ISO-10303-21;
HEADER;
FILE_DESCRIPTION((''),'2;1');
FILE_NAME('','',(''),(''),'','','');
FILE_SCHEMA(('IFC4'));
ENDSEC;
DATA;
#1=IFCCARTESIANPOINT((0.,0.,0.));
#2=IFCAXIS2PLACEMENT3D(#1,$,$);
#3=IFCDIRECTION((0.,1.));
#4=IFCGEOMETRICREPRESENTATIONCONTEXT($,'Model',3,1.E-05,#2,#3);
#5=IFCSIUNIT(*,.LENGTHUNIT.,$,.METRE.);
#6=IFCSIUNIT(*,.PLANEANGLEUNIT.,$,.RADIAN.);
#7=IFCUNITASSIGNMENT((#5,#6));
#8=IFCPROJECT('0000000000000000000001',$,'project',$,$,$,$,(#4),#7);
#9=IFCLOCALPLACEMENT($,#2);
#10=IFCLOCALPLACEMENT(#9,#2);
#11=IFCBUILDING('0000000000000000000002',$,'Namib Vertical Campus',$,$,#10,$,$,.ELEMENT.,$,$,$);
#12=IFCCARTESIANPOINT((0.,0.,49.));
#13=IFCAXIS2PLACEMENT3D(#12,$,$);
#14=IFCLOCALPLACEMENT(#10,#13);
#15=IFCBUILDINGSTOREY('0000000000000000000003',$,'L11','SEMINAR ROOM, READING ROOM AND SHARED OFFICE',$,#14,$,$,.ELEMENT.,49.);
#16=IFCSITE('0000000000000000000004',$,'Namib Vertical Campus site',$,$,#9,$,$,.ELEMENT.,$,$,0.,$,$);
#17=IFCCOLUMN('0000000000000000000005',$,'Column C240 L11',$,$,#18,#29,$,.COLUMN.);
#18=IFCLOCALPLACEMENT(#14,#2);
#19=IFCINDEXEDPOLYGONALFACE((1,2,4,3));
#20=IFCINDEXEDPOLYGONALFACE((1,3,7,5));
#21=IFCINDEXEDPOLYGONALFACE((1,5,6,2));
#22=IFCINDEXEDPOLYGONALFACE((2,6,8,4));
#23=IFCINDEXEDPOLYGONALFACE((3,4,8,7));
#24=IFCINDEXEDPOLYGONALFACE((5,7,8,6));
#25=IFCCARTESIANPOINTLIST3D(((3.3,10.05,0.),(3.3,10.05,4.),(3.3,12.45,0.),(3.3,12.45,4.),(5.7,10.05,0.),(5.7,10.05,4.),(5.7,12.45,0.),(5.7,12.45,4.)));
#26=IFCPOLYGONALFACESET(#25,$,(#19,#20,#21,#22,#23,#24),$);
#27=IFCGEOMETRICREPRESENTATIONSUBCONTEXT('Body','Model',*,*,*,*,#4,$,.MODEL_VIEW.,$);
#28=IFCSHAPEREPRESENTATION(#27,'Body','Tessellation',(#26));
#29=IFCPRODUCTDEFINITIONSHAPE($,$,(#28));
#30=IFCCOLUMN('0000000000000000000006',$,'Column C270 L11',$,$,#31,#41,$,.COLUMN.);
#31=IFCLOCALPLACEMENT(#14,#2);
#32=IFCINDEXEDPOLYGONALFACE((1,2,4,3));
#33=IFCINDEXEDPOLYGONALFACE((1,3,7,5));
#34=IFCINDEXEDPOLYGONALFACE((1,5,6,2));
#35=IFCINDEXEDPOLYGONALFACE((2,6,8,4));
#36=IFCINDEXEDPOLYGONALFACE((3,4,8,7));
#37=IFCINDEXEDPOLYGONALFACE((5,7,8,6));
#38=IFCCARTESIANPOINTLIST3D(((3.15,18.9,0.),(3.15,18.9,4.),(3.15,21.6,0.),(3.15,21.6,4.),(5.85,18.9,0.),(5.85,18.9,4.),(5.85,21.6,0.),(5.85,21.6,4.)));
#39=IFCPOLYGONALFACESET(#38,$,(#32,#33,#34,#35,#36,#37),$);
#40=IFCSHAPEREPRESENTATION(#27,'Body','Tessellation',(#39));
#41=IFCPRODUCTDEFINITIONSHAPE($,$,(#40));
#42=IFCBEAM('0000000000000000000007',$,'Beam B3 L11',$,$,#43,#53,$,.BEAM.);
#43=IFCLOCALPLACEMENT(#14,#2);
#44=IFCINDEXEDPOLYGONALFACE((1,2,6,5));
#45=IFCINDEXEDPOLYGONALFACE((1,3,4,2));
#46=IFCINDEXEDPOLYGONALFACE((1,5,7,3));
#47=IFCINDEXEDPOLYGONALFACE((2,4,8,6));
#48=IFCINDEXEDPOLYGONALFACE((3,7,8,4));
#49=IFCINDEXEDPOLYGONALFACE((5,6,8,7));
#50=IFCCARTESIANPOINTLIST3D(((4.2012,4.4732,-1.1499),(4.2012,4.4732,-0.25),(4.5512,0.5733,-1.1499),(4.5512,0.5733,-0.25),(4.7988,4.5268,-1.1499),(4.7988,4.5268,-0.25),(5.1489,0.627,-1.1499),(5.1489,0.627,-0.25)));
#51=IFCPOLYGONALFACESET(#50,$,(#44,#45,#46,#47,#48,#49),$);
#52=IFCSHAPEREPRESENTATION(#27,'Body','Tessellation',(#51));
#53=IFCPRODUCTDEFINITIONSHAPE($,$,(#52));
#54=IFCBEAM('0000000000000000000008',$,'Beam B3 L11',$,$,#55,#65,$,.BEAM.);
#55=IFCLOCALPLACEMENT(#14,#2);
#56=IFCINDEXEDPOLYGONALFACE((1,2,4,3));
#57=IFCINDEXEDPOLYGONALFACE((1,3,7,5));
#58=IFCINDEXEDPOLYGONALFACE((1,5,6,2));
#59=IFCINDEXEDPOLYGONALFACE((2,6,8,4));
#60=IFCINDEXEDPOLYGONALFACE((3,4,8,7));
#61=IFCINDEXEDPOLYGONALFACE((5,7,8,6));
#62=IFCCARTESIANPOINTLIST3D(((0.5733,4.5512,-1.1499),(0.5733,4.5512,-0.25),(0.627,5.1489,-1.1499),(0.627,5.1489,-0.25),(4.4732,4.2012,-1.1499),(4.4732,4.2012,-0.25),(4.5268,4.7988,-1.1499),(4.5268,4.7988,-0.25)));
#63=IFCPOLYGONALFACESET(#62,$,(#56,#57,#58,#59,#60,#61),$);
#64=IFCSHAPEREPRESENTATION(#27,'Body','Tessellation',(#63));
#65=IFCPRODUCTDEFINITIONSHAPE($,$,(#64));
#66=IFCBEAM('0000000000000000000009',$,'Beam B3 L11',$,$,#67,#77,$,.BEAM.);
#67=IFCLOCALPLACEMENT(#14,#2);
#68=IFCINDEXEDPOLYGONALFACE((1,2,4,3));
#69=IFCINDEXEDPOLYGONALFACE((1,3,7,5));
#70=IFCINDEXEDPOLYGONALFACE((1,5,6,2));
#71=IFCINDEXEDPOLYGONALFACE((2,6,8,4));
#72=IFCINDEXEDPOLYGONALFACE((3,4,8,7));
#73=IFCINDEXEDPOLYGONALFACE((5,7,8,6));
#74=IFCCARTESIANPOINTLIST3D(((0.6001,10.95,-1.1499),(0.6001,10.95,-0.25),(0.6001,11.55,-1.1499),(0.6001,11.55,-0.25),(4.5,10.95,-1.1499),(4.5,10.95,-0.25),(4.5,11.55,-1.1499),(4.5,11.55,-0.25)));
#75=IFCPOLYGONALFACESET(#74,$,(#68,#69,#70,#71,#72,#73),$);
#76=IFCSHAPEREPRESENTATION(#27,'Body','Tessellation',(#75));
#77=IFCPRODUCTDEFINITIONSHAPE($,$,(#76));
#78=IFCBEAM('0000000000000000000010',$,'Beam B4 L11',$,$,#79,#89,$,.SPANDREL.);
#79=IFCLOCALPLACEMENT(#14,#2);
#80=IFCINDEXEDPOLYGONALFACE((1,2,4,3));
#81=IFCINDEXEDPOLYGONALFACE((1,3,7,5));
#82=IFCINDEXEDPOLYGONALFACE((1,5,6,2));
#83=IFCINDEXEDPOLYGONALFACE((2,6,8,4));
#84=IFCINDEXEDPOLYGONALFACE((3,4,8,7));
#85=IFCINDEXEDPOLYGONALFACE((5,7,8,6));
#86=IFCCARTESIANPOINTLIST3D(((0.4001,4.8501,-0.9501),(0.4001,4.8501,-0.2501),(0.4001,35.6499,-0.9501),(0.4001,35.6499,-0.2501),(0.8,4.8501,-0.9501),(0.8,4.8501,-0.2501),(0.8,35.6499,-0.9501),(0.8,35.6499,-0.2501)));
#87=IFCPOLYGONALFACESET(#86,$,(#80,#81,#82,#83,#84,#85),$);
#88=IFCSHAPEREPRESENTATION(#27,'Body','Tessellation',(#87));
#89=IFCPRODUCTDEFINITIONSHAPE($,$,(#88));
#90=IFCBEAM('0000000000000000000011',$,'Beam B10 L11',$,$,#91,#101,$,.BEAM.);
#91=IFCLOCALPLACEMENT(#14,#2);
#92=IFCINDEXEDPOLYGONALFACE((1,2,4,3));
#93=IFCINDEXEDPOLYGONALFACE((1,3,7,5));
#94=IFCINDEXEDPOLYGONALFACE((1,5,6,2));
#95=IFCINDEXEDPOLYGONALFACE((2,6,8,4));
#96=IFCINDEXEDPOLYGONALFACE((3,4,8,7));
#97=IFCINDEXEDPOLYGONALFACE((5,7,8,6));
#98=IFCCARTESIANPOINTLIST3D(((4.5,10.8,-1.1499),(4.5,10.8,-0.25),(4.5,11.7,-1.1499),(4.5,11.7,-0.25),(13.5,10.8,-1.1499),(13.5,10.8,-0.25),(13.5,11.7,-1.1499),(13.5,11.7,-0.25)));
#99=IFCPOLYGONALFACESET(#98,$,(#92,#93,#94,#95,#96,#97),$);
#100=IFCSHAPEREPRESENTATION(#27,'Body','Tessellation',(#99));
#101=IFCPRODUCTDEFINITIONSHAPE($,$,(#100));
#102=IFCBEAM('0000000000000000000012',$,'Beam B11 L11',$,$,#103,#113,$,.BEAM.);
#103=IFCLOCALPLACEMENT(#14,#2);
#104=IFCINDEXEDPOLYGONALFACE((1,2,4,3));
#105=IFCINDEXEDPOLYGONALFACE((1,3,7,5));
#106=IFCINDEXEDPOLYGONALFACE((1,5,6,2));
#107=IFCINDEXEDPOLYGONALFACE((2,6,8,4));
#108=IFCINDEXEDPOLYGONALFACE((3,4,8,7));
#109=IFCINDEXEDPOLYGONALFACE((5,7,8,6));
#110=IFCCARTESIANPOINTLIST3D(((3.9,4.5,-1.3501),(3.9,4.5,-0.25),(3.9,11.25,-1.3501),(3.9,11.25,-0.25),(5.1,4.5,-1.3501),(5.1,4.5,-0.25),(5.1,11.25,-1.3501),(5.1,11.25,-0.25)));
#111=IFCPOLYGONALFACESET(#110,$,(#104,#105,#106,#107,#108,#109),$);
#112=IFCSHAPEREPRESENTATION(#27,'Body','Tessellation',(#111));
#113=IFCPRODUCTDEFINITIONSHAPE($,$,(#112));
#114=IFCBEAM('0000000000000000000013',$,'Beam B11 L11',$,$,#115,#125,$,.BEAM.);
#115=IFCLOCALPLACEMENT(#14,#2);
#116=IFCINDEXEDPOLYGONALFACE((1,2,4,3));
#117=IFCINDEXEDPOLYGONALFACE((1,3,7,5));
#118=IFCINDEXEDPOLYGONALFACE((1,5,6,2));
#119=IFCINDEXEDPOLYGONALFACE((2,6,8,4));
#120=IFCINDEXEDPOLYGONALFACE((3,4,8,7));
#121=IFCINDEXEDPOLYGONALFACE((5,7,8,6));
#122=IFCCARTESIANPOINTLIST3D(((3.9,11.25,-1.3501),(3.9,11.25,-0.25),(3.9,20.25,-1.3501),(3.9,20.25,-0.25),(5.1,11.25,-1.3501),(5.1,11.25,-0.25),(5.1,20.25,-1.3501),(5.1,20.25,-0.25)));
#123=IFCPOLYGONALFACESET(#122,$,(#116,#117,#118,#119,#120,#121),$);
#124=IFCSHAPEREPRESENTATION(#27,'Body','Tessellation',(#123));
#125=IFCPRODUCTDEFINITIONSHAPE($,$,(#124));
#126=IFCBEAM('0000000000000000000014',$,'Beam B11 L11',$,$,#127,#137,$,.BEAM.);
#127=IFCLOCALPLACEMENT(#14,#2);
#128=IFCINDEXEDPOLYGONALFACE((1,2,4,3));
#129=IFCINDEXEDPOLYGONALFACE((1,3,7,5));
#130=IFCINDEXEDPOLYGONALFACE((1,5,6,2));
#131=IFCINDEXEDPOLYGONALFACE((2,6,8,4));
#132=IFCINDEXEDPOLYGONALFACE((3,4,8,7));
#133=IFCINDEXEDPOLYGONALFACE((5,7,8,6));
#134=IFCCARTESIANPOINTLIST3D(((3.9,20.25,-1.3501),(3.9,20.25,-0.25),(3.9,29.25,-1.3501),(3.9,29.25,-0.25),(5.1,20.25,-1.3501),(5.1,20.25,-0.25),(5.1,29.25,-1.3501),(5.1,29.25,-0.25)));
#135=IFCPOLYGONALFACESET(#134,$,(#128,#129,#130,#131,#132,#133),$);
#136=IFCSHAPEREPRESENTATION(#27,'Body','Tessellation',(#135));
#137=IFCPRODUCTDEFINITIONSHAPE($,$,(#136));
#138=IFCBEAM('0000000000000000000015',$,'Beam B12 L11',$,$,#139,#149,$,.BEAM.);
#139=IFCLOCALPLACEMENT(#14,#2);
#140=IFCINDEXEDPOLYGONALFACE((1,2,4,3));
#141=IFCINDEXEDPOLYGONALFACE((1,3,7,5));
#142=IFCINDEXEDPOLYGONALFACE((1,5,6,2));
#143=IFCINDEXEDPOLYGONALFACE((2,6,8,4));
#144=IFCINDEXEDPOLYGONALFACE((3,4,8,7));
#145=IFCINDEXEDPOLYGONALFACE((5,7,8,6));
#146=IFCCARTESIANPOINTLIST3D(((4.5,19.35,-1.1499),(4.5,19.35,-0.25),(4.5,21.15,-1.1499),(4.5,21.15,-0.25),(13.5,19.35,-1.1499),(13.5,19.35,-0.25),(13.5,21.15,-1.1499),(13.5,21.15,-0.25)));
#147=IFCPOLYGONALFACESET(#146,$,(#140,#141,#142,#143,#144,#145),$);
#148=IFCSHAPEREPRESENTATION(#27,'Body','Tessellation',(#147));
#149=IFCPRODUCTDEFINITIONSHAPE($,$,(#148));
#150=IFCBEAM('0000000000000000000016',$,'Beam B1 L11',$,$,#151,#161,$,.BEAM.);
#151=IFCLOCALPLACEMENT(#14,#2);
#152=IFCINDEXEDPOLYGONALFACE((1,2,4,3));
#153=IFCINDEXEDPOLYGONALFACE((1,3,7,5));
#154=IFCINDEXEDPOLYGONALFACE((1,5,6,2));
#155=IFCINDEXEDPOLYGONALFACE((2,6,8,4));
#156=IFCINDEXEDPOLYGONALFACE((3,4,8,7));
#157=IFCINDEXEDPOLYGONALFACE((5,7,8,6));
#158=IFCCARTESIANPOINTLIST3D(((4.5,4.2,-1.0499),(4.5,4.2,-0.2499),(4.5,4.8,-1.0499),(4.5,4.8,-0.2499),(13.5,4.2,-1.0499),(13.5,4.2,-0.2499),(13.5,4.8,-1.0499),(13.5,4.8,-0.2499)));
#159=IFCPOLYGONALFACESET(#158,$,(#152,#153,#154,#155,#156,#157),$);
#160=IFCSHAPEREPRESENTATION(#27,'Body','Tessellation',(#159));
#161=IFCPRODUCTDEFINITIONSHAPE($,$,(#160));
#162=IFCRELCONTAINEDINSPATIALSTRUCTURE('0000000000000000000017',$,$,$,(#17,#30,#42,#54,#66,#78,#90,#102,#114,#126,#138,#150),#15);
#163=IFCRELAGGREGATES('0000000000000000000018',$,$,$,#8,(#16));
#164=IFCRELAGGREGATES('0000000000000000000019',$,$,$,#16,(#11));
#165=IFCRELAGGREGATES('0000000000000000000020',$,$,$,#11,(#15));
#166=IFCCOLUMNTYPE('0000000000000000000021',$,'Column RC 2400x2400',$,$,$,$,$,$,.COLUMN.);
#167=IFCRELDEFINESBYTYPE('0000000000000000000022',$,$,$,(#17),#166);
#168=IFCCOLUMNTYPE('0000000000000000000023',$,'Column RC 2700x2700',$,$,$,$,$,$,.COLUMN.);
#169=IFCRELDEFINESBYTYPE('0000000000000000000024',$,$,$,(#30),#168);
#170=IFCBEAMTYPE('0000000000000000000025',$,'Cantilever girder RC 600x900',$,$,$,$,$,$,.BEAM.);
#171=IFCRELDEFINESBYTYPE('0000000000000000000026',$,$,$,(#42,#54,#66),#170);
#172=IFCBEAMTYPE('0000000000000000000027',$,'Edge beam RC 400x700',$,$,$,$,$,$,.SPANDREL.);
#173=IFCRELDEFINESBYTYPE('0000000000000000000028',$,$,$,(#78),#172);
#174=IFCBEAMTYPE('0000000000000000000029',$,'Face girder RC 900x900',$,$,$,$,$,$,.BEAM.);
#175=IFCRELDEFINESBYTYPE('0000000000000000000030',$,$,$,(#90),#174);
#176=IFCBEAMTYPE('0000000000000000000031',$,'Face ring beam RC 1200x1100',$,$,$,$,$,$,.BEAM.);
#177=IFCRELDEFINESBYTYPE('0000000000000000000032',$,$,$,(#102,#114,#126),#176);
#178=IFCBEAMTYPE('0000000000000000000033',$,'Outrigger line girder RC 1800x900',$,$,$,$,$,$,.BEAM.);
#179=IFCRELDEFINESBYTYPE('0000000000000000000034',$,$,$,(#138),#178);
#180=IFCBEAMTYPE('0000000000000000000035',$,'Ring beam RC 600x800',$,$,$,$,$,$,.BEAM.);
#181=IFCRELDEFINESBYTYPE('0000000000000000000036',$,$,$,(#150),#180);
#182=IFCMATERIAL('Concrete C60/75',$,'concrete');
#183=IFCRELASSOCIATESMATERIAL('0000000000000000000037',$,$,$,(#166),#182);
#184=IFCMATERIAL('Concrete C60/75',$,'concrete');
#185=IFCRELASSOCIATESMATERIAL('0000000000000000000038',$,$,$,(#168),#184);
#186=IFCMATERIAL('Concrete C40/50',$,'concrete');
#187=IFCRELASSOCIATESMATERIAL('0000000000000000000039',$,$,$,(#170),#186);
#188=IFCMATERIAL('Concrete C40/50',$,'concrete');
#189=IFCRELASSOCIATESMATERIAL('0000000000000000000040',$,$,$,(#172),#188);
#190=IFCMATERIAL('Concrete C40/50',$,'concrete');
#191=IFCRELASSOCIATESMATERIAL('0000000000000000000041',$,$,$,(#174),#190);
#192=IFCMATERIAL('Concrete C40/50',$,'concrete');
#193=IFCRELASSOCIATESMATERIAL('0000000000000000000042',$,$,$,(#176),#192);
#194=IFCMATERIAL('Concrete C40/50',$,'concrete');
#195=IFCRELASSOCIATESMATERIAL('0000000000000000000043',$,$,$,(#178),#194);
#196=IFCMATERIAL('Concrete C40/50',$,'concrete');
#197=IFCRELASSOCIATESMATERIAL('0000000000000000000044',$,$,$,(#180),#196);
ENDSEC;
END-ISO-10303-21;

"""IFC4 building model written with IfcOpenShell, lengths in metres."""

from ifc_helpers import new_model, si_unit, direction, frame, origin, origin_2d, place, context, subcontext, project, spatial, rectangle, extrude, material, material_profile, profile_set, type_object, element, save


model = new_model("IFC4")

# Units and contexts
model_context = context("Model", 3, precision=1e-05, world=origin(), true_north=direction((0.0, 1.0)))
body_context = subcontext(model_context, "Body", "Model", "MODEL_VIEW")
ifc_project = project(units=[si_unit("LENGTHUNIT", "METRE"), si_unit("PLANEANGLEUNIT", "RADIAN")], contexts=[model_context])

# Site, building, storey
site_placement = place(None, origin())
site = spatial("IfcSite", under=ifc_project, at=site_placement, Name="Namib Vertical Campus site", CompositionType="ELEMENT", RefElevation=0.0)
building_placement = place(site_placement, origin())
building = spatial("IfcBuilding", under=site, at=building_placement, Name="Namib Vertical Campus", CompositionType="ELEMENT")
storey_placement = place(building_placement, frame((0.0, 0.0, 49.0)))
storey = spatial("IfcBuildingStorey", under=building, at=storey_placement, Name="L11", Description="SEMINAR ROOM, READING ROOM AND SHARED OFFICE", CompositionType="ELEMENT", Elevation=49.0)

# Columns
ifc_material_1 = material(Name="Concrete C60/75", Category="concrete")
ifc_material_profile_1 = material_profile(ifc_material_1, rectangle(XDim=2.3999, YDim=2.3999, at=origin_2d()))
ifc_profile_set_1 = profile_set([ifc_material_profile_1], Name="Concrete C60/75")
column_type_1 = type_object("IfcColumnType", Name="Column RC 2400x2400", PredefinedType="COLUMN", material=ifc_profile_set_1)
column_1_placement = place(storey_placement, frame((4.5, 11.25, 0.0), z_axis=(0.0, 0.0, 1.0), x_axis=(1.0, 0.0, 0.0)))
element("IfcColumn", 1, at=column_1_placement, inside=storey, type_object=column_type_1, Name="Column C240 L11", PredefinedType="COLUMN", context=body_context, shape_type="SweptSolid", body=[
    extrude(rectangle(XDim=2.3999, YDim=2.3999, at=origin_2d()), origin(), (0.0, 0.0, 1.0), 4.0),
])
ifc_material_2 = material(Name="Concrete C60/75", Category="concrete")
ifc_material_profile_2 = material_profile(ifc_material_2, rectangle(XDim=2.7, YDim=2.7, at=origin_2d()))
ifc_profile_set_2 = profile_set([ifc_material_profile_2], Name="Concrete C60/75")
column_type_2 = type_object("IfcColumnType", Name="Column RC 2700x2700", PredefinedType="COLUMN", material=ifc_profile_set_2)
column_2_placement = place(storey_placement, frame((4.5, 20.25, 0.0), z_axis=(0.0, 0.0, 1.0), x_axis=(1.0, 0.0, 0.0)))
element("IfcColumn", 2, at=column_2_placement, inside=storey, type_object=column_type_2, Name="Column C270 L11", PredefinedType="COLUMN", context=body_context, shape_type="SweptSolid", body=[
    extrude(rectangle(XDim=2.7, YDim=2.7, at=origin_2d()), origin(), (0.0, 0.0, 1.0), 4.0),
])

# Beams
ifc_material_3 = material(Name="Concrete C40/50", Category="concrete")
ifc_material_profile_3 = material_profile(ifc_material_3, rectangle(XDim=0.6001, YDim=0.8999, at=origin_2d()))
ifc_profile_set_3 = profile_set([ifc_material_profile_3], Name="Concrete C40/50")
beam_type_1 = type_object("IfcBeamType", Name="Cantilever girder RC 600x900", PredefinedType="BEAM", material=ifc_profile_set_3)
for number, where, z_axis, x_axis, name in (
    (3, (4.5, 4.5, -0.7), (0.089411, -0.995995, 0.0), (0.995995, 0.089411, 0.0), "Beam B3 L11"),
    (4, (4.5, 4.5, -0.7), (-0.995995, 0.089411, 0.0), (-0.089411, -0.995995, 0.0), "Beam B3 L11"),
):
    element("IfcBeam", number, at=place(storey_placement, frame(where, z_axis=z_axis, x_axis=x_axis)), inside=storey, type_object=beam_type_1, Name=name, PredefinedType="BEAM", context=body_context, shape_type="SweptSolid", body=[
        extrude(rectangle(XDim=0.6001, YDim=0.8999, at=origin_2d()), origin(), (0.0, 0.0, 1.0), 3.9155),
    ])
beam_1_placement = place(storey_placement, frame((4.5, 11.25, -0.7), z_axis=(-1.0, 0.0, 0.0), x_axis=(0.0, -1.0, 0.0)))
element("IfcBeam", 5, at=beam_1_placement, inside=storey, type_object=beam_type_1, Name="Beam B3 L11", PredefinedType="BEAM", context=body_context, shape_type="SweptSolid", body=[
    extrude(rectangle(XDim=0.6001, YDim=0.8999, at=origin_2d()), origin(), (0.0, 0.0, 1.0), 3.8999),
])
ifc_material_4 = material(Name="Concrete C40/50", Category="concrete")
ifc_material_profile_4 = material_profile(ifc_material_4, rectangle(XDim=0.3999, YDim=0.7, at=origin_2d()))
ifc_profile_set_4 = profile_set([ifc_material_profile_4], Name="Concrete C40/50")
beam_type_2 = type_object("IfcBeamType", Name="Edge beam RC 400x700", PredefinedType="SPANDREL", material=ifc_profile_set_4)
beam_2_placement = place(storey_placement, frame((0.6001, 4.8501, -0.6001), z_axis=(0.0, 1.0, 0.0), x_axis=(-1.0, 0.0, 0.0)))
element("IfcBeam", 6, at=beam_2_placement, inside=storey, type_object=beam_type_2, Name="Beam B4 L11", PredefinedType="SPANDREL", context=body_context, shape_type="SweptSolid", body=[
    extrude(rectangle(XDim=0.3999, YDim=0.7, at=origin_2d()), origin(), (0.0, 0.0, 1.0), 30.7998),
])
ifc_material_5 = material(Name="Concrete C40/50", Category="concrete")
ifc_material_profile_5 = material_profile(ifc_material_5, rectangle(XDim=0.8999, YDim=0.8999, at=origin_2d()))
ifc_profile_set_5 = profile_set([ifc_material_profile_5], Name="Concrete C40/50")
beam_type_3 = type_object("IfcBeamType", Name="Face girder RC 900x900", PredefinedType="BEAM", material=ifc_profile_set_5)
beam_3_placement = place(storey_placement, frame((4.5, 11.25, -0.7), z_axis=(1.0, 0.0, 0.0), x_axis=(0.0, 1.0, 0.0)))
element("IfcBeam", 7, at=beam_3_placement, inside=storey, type_object=beam_type_3, Name="Beam B10 L11", PredefinedType="BEAM", context=body_context, shape_type="SweptSolid", body=[
    extrude(rectangle(XDim=0.8999, YDim=0.8999, at=origin_2d()), origin(), (0.0, 0.0, 1.0), 9.0),
])
ifc_material_6 = material(Name="Concrete C40/50", Category="concrete")
ifc_material_profile_6 = material_profile(ifc_material_6, rectangle(XDim=1.2, YDim=1.1001, at=origin_2d()))
ifc_profile_set_6 = profile_set([ifc_material_profile_6], Name="Concrete C40/50")
beam_type_4 = type_object("IfcBeamType", Name="Face ring beam RC 1200x1100", PredefinedType="BEAM", material=ifc_profile_set_6)
beam_4_placement = place(storey_placement, frame((4.5, 4.5, -0.8), z_axis=(0.0, 1.0, 0.0), x_axis=(-1.0, 0.0, 0.0)))
element("IfcBeam", 8, at=beam_4_placement, inside=storey, type_object=beam_type_4, Name="Beam B11 L11", PredefinedType="BEAM", context=body_context, shape_type="SweptSolid", body=[
    extrude(rectangle(XDim=1.2, YDim=1.1001, at=origin_2d()), origin(), (0.0, 0.0, 1.0), 6.75),
])
for number, where, z_axis, x_axis, name in (
    (9, (4.5, 11.25, -0.8), (0.0, 1.0, 0.0), (-1.0, 0.0, 0.0), "Beam B11 L11"),
    (10, (4.5, 20.25, -0.8), (0.0, 1.0, 0.0), (-1.0, 0.0, 0.0), "Beam B11 L11"),
):
    element("IfcBeam", number, at=place(storey_placement, frame(where, z_axis=z_axis, x_axis=x_axis)), inside=storey, type_object=beam_type_4, Name=name, PredefinedType="BEAM", context=body_context, shape_type="SweptSolid", body=[
        extrude(rectangle(XDim=1.2, YDim=1.1001, at=origin_2d()), origin(), (0.0, 0.0, 1.0), 9.0),
    ])
ifc_material_7 = material(Name="Concrete C40/50", Category="concrete")
ifc_material_profile_7 = material_profile(ifc_material_7, rectangle(XDim=1.8, YDim=0.8999, at=origin_2d()))
ifc_profile_set_7 = profile_set([ifc_material_profile_7], Name="Concrete C40/50")
beam_type_5 = type_object("IfcBeamType", Name="Outrigger line girder RC 1800x900", PredefinedType="BEAM", material=ifc_profile_set_7)
beam_5_placement = place(storey_placement, frame((4.5, 20.25, -0.7), z_axis=(1.0, 0.0, 0.0), x_axis=(0.0, 1.0, 0.0)))
element("IfcBeam", 11, at=beam_5_placement, inside=storey, type_object=beam_type_5, Name="Beam B12 L11", PredefinedType="BEAM", context=body_context, shape_type="SweptSolid", body=[
    extrude(rectangle(XDim=1.8, YDim=0.8999, at=origin_2d()), origin(), (0.0, 0.0, 1.0), 9.0),
])
ifc_material_8 = material(Name="Concrete C40/50", Category="concrete")
ifc_material_profile_8 = material_profile(ifc_material_8, rectangle(XDim=0.6001, YDim=0.8, at=origin_2d()))
ifc_profile_set_8 = profile_set([ifc_material_profile_8], Name="Concrete C40/50")
beam_type_6 = type_object("IfcBeamType", Name="Ring beam RC 600x800", PredefinedType="BEAM", material=ifc_profile_set_8)
beam_6_placement = place(storey_placement, frame((4.5, 4.5, -0.6499), z_axis=(1.0, 0.0, 0.0), x_axis=(0.0, 1.0, 0.0)))
element("IfcBeam", 12, at=beam_6_placement, inside=storey, type_object=beam_type_6, Name="Beam B1 L11", PredefinedType="BEAM", context=body_context, shape_type="SweptSolid", body=[
    extrude(rectangle(XDim=0.6001, YDim=0.8, at=origin_2d()), origin(), (0.0, 0.0, 1.0), 9.0),
])

save(model, "model.ifc")
